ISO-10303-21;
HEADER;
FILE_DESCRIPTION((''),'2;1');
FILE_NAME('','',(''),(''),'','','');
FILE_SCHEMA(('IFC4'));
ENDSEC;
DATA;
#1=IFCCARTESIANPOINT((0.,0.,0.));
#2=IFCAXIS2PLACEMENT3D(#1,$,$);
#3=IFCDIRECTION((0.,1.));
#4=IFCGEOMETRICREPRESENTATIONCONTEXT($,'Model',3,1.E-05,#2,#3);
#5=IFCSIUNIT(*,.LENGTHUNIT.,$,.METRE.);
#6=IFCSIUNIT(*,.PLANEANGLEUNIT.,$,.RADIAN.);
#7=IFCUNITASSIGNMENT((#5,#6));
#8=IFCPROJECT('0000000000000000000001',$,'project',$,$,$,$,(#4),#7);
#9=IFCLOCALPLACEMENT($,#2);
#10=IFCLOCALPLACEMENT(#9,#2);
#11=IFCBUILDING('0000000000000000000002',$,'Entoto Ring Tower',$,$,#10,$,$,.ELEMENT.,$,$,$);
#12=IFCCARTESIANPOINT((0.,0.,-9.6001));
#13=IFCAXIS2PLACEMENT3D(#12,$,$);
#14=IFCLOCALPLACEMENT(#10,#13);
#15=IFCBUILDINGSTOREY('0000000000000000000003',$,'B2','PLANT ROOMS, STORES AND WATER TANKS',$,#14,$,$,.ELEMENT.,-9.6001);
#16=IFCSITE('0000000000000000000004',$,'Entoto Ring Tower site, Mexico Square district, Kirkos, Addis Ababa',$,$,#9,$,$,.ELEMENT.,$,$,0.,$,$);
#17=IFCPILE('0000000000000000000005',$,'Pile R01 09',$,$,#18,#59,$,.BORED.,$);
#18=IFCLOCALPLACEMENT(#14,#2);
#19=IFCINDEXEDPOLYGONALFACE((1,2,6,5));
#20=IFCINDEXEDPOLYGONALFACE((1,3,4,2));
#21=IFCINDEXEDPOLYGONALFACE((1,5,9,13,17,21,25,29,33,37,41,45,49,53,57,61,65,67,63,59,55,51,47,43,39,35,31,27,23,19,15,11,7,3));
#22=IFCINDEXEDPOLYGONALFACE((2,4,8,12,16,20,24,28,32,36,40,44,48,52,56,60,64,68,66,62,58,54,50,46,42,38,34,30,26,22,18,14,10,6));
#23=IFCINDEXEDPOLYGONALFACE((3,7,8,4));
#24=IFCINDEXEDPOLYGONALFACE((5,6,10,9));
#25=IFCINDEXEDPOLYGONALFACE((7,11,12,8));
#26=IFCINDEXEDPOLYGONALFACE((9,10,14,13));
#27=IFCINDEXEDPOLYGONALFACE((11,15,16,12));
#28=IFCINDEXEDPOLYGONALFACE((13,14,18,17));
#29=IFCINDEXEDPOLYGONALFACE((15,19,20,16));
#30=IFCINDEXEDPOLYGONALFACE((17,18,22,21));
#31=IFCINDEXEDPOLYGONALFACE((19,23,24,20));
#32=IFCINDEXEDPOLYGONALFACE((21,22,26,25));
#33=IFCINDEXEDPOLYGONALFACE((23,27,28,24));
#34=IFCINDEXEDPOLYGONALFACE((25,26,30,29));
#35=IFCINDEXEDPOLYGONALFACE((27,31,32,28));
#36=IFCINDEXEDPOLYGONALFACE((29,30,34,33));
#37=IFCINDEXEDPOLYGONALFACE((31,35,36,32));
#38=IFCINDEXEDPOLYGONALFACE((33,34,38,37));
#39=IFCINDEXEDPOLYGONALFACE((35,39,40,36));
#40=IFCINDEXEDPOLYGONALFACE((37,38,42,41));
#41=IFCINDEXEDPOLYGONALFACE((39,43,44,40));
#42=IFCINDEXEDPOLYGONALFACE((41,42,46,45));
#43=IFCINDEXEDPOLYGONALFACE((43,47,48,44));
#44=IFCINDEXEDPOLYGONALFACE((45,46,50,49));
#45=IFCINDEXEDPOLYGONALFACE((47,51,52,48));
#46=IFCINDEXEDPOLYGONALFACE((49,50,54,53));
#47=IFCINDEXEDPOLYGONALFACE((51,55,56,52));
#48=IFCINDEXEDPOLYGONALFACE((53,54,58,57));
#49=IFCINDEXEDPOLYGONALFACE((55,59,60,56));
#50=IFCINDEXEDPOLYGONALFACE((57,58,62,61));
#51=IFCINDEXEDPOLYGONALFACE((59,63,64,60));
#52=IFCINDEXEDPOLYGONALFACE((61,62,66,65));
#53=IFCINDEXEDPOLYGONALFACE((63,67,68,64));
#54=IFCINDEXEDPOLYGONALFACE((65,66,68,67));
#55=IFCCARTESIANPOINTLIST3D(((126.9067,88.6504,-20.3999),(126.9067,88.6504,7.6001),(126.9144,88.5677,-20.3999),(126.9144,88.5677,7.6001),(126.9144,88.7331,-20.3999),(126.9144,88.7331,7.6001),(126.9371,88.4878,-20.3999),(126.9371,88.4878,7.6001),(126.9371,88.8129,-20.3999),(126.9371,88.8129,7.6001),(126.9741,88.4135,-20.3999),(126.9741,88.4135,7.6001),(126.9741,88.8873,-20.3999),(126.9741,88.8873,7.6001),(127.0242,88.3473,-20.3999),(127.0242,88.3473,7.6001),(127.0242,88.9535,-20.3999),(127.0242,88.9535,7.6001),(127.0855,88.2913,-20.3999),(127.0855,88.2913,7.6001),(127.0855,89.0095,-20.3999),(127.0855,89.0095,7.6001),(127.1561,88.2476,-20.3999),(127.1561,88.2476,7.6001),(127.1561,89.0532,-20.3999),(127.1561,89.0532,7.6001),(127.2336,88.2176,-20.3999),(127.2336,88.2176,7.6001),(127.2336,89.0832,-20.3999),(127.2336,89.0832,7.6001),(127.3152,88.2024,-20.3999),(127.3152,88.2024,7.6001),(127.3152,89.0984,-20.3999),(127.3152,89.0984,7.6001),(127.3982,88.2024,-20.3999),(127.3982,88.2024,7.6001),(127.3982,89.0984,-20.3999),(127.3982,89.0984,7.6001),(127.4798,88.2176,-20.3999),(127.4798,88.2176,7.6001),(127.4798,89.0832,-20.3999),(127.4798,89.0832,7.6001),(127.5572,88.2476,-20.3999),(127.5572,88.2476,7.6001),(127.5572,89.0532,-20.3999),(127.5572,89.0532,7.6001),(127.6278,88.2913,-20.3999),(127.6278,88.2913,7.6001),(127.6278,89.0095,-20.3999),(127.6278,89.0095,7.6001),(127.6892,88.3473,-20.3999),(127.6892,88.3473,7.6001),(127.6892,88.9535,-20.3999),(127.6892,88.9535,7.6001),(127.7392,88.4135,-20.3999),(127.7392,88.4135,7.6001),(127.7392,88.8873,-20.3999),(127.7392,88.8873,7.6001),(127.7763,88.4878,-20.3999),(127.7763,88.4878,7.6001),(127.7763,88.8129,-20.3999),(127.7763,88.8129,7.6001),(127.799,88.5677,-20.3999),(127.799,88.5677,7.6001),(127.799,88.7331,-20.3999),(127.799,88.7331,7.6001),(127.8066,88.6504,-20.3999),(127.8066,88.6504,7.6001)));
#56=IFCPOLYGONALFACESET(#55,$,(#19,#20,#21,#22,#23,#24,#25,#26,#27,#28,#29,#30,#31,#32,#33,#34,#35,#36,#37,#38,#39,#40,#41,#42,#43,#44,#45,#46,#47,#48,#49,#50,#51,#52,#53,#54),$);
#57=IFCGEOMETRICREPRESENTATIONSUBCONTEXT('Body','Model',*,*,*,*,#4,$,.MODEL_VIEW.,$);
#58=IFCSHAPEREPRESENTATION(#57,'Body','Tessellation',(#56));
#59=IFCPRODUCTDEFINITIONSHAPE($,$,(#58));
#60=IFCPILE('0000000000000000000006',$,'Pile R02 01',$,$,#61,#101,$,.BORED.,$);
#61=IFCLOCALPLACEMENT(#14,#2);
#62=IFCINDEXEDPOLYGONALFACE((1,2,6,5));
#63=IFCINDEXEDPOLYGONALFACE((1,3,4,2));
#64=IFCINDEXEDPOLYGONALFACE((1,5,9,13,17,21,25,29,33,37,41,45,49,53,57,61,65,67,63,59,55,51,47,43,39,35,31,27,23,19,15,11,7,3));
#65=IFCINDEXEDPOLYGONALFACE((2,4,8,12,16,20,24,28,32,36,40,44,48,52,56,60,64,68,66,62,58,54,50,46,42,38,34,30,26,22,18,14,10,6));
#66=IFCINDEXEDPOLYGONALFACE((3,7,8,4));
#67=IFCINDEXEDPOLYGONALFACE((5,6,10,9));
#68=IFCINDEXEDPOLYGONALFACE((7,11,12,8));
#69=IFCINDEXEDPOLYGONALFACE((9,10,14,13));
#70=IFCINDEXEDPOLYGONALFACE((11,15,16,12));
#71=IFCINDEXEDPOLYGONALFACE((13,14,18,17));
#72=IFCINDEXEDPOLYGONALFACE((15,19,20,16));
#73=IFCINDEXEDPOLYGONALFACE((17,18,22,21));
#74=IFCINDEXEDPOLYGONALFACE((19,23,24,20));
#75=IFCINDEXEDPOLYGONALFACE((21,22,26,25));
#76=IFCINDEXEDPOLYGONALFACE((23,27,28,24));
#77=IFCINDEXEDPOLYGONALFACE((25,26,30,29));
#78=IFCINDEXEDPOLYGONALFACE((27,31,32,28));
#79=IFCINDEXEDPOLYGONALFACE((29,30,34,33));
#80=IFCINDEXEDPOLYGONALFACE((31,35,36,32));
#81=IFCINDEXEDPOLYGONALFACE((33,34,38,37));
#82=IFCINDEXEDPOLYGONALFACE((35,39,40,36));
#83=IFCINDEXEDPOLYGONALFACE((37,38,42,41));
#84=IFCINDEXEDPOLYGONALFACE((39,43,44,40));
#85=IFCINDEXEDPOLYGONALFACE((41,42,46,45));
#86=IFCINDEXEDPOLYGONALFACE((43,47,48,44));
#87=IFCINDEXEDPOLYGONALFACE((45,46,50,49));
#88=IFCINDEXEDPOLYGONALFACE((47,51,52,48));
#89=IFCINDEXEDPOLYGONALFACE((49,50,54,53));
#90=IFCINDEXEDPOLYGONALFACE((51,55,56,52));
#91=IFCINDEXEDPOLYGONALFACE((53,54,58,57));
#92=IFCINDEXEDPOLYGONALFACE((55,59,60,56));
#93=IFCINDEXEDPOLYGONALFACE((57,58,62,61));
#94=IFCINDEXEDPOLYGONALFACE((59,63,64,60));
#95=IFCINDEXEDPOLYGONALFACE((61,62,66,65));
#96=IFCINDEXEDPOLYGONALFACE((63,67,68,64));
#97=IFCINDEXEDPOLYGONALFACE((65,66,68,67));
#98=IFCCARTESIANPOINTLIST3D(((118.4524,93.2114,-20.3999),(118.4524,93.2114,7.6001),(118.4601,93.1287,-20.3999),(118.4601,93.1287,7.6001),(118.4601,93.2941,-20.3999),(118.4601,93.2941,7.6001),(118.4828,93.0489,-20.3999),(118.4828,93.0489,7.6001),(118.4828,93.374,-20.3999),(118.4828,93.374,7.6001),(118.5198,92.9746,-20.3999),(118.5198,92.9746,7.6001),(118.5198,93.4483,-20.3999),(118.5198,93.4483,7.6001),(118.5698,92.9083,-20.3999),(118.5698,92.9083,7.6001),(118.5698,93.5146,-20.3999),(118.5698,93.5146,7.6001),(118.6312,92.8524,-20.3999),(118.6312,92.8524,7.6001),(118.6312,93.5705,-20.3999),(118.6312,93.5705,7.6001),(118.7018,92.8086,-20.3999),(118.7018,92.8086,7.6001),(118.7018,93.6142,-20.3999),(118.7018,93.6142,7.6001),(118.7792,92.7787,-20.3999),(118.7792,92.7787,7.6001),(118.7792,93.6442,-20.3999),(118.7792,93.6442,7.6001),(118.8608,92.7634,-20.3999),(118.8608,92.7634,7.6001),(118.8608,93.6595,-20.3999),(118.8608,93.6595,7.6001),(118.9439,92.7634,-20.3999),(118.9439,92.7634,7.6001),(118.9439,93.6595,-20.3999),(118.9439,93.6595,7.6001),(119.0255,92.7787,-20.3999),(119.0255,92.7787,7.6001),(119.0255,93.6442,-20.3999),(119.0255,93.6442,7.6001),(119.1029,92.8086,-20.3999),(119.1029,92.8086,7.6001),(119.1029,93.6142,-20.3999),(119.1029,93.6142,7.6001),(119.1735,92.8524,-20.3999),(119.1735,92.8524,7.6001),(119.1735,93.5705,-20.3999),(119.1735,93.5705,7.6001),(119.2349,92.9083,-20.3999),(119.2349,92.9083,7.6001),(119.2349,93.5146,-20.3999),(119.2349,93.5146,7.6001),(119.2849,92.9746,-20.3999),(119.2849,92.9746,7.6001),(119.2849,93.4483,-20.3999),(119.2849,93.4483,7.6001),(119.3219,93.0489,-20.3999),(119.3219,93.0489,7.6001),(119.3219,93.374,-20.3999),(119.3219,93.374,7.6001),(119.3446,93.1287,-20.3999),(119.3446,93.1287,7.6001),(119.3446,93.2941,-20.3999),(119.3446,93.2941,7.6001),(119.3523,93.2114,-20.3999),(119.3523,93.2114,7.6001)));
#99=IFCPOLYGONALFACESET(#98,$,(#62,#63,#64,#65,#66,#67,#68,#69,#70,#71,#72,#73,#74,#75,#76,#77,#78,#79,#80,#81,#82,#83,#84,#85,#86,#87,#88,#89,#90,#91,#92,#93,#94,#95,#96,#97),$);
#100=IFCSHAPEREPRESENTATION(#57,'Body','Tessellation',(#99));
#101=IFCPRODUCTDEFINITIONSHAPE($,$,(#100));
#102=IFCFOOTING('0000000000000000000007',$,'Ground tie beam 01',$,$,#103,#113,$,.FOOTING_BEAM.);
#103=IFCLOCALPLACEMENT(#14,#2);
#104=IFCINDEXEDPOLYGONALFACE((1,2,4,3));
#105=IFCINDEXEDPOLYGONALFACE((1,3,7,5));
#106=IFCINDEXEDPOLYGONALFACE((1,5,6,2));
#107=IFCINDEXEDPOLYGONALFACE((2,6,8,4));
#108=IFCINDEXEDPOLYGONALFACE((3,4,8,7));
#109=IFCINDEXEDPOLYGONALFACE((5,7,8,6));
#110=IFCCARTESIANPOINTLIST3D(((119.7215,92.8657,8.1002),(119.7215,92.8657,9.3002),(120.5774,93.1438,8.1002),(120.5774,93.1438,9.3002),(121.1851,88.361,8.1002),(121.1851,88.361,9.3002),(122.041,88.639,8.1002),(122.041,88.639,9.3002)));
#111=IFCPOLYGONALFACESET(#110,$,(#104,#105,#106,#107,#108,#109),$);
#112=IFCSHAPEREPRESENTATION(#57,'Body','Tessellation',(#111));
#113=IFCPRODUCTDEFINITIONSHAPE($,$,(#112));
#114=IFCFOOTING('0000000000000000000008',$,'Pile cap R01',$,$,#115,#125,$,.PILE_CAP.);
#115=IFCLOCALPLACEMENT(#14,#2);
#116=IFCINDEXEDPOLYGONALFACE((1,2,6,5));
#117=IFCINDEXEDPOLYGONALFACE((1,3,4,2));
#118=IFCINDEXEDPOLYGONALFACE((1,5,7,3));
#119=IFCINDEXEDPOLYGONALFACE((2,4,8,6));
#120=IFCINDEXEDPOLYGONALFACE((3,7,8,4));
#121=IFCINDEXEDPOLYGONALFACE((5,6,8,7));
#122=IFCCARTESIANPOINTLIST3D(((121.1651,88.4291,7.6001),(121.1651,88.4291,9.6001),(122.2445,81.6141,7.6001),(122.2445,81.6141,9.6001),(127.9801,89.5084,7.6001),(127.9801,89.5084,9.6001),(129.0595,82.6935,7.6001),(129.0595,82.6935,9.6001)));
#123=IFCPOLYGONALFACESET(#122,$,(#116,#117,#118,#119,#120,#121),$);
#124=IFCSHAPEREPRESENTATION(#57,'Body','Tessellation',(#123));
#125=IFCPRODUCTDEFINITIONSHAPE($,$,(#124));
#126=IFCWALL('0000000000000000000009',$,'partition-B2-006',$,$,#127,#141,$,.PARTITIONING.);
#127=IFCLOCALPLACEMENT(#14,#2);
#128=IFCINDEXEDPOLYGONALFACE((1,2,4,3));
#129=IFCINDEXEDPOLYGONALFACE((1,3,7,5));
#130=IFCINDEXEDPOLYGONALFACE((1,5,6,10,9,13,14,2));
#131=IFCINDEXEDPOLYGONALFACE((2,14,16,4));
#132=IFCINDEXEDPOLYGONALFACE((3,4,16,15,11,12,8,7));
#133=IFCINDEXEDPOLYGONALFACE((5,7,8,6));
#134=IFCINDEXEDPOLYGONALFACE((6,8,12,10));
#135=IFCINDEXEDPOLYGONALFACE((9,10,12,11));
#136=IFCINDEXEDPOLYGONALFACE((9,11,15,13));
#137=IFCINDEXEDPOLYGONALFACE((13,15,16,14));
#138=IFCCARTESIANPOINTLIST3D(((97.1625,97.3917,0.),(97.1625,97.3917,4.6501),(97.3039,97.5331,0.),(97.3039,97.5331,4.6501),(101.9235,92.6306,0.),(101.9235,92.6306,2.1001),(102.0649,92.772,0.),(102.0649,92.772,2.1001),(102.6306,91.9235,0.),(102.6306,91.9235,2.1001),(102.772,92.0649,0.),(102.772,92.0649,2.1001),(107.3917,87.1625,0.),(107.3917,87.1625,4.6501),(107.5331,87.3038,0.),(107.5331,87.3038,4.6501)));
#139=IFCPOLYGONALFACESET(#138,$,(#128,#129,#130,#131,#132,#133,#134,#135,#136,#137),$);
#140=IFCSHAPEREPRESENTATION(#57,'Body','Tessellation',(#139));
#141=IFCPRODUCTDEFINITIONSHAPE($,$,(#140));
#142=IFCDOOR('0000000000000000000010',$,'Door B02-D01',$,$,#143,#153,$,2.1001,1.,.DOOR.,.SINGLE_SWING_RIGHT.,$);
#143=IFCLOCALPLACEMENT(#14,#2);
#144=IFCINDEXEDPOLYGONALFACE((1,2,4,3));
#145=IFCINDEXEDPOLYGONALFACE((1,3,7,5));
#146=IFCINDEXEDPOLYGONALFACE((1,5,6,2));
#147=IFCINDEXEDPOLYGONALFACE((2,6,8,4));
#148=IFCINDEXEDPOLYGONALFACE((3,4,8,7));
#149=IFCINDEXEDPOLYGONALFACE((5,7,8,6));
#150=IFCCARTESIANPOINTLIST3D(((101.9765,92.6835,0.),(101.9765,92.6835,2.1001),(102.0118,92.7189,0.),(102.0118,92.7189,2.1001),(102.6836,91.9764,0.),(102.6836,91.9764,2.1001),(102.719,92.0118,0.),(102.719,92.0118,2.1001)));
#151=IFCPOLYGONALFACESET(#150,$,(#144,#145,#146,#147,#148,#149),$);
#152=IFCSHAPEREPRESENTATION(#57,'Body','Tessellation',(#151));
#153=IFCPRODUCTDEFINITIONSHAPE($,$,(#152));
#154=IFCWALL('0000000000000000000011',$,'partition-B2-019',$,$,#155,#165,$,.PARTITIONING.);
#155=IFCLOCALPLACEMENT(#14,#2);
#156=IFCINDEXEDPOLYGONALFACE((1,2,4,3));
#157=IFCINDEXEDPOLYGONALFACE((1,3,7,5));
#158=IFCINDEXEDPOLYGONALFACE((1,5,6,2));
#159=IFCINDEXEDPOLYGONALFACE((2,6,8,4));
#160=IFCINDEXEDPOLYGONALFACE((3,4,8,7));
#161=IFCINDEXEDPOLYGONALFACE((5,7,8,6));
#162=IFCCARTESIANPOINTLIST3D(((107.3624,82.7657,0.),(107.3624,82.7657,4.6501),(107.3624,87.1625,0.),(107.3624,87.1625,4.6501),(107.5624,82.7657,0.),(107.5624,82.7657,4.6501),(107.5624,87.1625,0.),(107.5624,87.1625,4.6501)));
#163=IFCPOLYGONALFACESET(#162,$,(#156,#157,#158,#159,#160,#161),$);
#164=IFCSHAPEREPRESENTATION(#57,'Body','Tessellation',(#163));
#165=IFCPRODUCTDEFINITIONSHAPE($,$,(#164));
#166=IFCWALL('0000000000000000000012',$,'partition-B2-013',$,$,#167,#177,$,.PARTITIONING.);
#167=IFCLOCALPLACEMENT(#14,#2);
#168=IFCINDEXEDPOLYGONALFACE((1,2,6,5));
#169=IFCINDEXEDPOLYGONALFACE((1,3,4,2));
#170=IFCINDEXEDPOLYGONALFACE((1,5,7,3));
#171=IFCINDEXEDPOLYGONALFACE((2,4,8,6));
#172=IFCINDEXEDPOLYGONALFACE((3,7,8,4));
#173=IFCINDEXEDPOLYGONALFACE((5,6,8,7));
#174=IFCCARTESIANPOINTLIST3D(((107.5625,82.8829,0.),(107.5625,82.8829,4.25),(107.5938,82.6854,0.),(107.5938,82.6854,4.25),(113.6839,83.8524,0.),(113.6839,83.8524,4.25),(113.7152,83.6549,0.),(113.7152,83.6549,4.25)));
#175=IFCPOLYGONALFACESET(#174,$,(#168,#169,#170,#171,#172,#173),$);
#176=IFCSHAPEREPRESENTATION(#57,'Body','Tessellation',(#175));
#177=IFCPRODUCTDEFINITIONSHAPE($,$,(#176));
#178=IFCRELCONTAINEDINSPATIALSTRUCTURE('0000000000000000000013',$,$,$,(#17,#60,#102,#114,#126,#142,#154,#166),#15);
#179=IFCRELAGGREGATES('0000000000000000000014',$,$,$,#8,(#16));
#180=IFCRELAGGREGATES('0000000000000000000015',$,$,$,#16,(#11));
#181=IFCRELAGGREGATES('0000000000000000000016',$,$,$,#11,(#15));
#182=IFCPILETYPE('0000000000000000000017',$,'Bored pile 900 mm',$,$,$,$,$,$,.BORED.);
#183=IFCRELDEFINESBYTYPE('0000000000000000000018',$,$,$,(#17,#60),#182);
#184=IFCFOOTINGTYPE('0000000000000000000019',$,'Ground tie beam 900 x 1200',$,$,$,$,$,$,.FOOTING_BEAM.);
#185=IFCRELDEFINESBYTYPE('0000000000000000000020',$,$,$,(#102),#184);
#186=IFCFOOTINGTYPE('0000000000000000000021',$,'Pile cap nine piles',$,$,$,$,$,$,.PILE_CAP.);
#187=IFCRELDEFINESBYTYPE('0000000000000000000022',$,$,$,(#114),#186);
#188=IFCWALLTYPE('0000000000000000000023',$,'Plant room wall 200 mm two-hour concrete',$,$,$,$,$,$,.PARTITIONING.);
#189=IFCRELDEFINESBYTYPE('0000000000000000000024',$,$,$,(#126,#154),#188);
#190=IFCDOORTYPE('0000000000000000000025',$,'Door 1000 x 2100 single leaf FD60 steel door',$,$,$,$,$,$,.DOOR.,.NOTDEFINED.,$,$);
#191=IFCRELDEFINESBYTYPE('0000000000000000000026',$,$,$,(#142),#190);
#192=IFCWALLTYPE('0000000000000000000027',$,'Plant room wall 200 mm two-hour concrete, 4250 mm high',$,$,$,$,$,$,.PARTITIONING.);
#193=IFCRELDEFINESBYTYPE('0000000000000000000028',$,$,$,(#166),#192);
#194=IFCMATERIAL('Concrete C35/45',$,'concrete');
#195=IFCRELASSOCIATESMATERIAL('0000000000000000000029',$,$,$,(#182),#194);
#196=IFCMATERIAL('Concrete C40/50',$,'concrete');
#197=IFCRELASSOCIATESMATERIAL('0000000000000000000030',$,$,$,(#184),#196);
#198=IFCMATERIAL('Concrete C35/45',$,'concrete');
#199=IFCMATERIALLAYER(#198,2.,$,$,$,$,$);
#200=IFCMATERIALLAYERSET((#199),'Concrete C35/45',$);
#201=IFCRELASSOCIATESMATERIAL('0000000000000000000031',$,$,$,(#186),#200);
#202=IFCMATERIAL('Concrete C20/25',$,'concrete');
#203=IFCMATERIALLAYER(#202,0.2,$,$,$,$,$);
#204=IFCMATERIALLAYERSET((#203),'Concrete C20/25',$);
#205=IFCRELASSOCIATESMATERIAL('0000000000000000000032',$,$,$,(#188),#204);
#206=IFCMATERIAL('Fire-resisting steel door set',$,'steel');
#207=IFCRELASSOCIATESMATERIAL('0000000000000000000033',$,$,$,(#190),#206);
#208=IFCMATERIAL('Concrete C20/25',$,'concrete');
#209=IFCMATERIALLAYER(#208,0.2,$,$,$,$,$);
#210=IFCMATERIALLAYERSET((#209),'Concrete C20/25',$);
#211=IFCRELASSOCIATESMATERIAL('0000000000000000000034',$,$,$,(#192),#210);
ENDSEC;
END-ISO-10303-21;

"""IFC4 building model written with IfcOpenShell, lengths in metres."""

from ifc_helpers import new_model, si_unit, direction, frame, frame_2d, origin, origin_2d, place, context, subcontext, project, spatial, rectangle, circle, extrude, material, layer, layer_set, material_profile, profile_set, type_object, element, fill, save


model = new_model("IFC4")

# Units and contexts
model_context = context("Model", 3, precision=1e-05, world=origin(), true_north=direction((0.0, 1.0)))
body_context = subcontext(model_context, "Body", "Model", "MODEL_VIEW")
ifc_project = project(units=[si_unit("LENGTHUNIT", "METRE"), si_unit("PLANEANGLEUNIT", "RADIAN")], contexts=[model_context])

# Site, building, storey
site_placement = place(None, origin())
site = spatial("IfcSite", under=ifc_project, at=site_placement, Name="Entoto Ring Tower site, Mexico Square district, Kirkos, Addis Ababa", CompositionType="ELEMENT", RefElevation=0.0)
building_placement = place(site_placement, origin())
building = spatial("IfcBuilding", under=site, at=building_placement, Name="Entoto Ring Tower", CompositionType="ELEMENT")
storey_placement = place(building_placement, frame((0.0, 0.0, -9.6001)))
storey = spatial("IfcBuildingStorey", under=building, at=storey_placement, Name="B2", Description="PLANT ROOMS, STORES AND WATER TANKS", CompositionType="ELEMENT", Elevation=-9.6001)

# Piles
ifc_material_1 = material(Name="Concrete C35/45", Category="concrete")
ifc_material_profile_1 = material_profile(ifc_material_1, circle(Radius=0.45, at=origin_2d()), Name="Bored pile 900 mm")
ifc_profile_set_1 = profile_set([ifc_material_profile_1], Name="Concrete C35/45")
pile_type_1 = type_object("IfcPileType", Name="Bored pile 900 mm", PredefinedType="BORED", material=ifc_profile_set_1)
for number, where, z_axis, x_axis, name in (
    (1, (127.3567, 88.6504, 7.6001), (0.0, 0.0, -1.0), (1.0, 0.0, 0.0), "Pile R01 09"),
    (2, (118.9023, 93.2114, 7.6001), (0.0, 0.0, -1.0), (1.0, 0.0, 0.0), "Pile R02 01"),
):
    element("IfcPile", number, at=place(storey_placement, frame(where, z_axis=z_axis, x_axis=x_axis)), inside=storey, type_object=pile_type_1, Name=name, PredefinedType="BORED", context=body_context, shape_type="SweptSolid", body=[
        extrude(circle(Radius=0.45, at=origin_2d()), origin(), (0.0, 0.0, 1.0), 28.0),
    ])

# Footings
ifc_material_2 = material(Name="Concrete C40/50", Category="concrete")
ifc_material_profile_2 = material_profile(ifc_material_2, rectangle(XDim=0.8999, YDim=1.2, at=origin_2d()), Name="Ground tie beam 900 x 1200")
ifc_profile_set_2 = profile_set([ifc_material_profile_2], Name="Concrete C40/50")
footing_type_1 = type_object("IfcFootingType", Name="Ground tie beam 900 x 1200", PredefinedType="FOOTING_BEAM", material=ifc_profile_set_2)
footing_1_placement = place(storey_placement, frame((121.613, 88.5, 8.7002), z_axis=(-0.308997, 0.951063, 0.0), x_axis=(-0.951063, -0.308997, 0.0)))
element("IfcFooting", 3, at=footing_1_placement, inside=storey, type_object=footing_type_1, Name="Ground tie beam 01", PredefinedType="FOOTING_BEAM", context=body_context, shape_type="SweptSolid", body=[
    extrude(rectangle(XDim=0.8999, YDim=1.2, at=origin_2d()), origin(), (0.0, 0.0, 1.0), 4.7366),
])
ifc_material_3 = material(Name="Concrete C35/45", Category="concrete")
ifc_layer_1 = layer(ifc_material_3, 2.0)
ifc_layer_set_1 = layer_set([ifc_layer_1], Name="Concrete C35/45")
footing_type_2 = type_object("IfcFootingType", Name="Pile cap nine piles", PredefinedType="PILE_CAP", material=ifc_layer_set_1)
footing_2_placement = place(storey_placement, frame((125.1123, 85.5613, 7.6001), z_axis=(0.0, 0.0, 1.0), x_axis=(0.987688, 0.156434, 0.0)))
element("IfcFooting", 4, at=footing_2_placement, inside=storey, type_object=footing_type_2, Name="Pile cap R01", PredefinedType="PILE_CAP", context=body_context, shape_type="SweptSolid", body=[
    extrude(rectangle(XDim=6.8999, YDim=6.8999, at=origin_2d()), origin(), (0.0, 0.0, 1.0), 2.0),
])

# Wall, opening, door
ifc_material_4 = material(Name="Concrete C20/25", Category="concrete")
ifc_layer_2 = layer(ifc_material_4, 0.2)
ifc_layer_set_2 = layer_set([ifc_layer_2], Name="Concrete C20/25")
wall_type_1 = type_object("IfcWallType", Name="Plant room wall 200 mm two-hour concrete", PredefinedType="PARTITIONING", material=ifc_layer_set_2)
wall_1_placement = place(storey_placement, frame((107.4624, 87.2332, 0.0), z_axis=(0.0, 0.0, 1.0), x_axis=(-0.707107, 0.707107, 0.0)))
wall_1 = element("IfcWall", 5, at=wall_1_placement, inside=storey, type_object=wall_type_1, Name="partition-B2-006", PredefinedType="PARTITIONING", context=body_context, shape_type="SweptSolid", body=[
    extrude(rectangle(XDim=14.4663, YDim=0.2, at=frame_2d((7.2332, 0.0))), origin(), (0.0, 0.0, 1.0), 4.6501),
])
opening_placement = place(wall_1_placement, frame((6.7332, 0.0, 0.0)))
opening = element("IfcOpeningElement", 6, at=opening_placement, cuts=wall_1, PredefinedType="OPENING", context=body_context, shape_type="SweptSolid", body=[
    extrude(rectangle(XDim=1.0, YDim=2.1001, at=frame_2d((0.5, 1.05))), frame((0.0, 0.1099, 0.0), z_axis=(0.0, -1.0, 0.0), x_axis=(1.0, 0.0, 0.0)), (0.0, 0.0, 1.0), 0.22),
])
ifc_material_5 = material(Name="Fire-resisting steel door set", Category="steel")
door_type = type_object("IfcDoorType", Name="Door 1000 x 2100 single leaf FD60 steel door", OperationType="NOTDEFINED", PredefinedType="DOOR", material=ifc_material_5)
door_placement = place(opening_placement, frame((1.0, 0.0, 0.0), z_axis=(0.0, 0.0, 1.0), x_axis=(-1.0, 0.0, 0.0)))
door = element("IfcDoor", 7, at=door_placement, inside=storey, type_object=door_type, Name="Door B02-D01", OperationType="SINGLE_SWING_RIGHT", OverallHeight=2.1001, OverallWidth=1.0, PredefinedType="DOOR", context=body_context, shape_type="SweptSolid", body=[
    extrude(rectangle(XDim=1.0, YDim=2.1001, at=frame_2d((0.5, 1.05))), frame((0.0, 0.0249, 0.0), z_axis=(0.0, -1.0, 0.0), x_axis=(1.0, 0.0, 0.0)), (0.0, 0.0, 1.0), 0.05),
])
fill(opening, door)

# Walls
wall_2_placement = place(storey_placement, frame((107.4624, 82.7659, 0.0), z_axis=(0.0, 0.0, 1.0), x_axis=(0.0, 1.0, 0.0)))
element("IfcWall", 8, at=wall_2_placement, inside=storey, type_object=wall_type_1, Name="partition-B2-019", PredefinedType="PARTITIONING", context=body_context, shape_type="SweptSolid", body=[
    extrude(rectangle(XDim=4.3967, YDim=0.2, at=frame_2d((2.1982, 0.0))), origin(), (0.0, 0.0, 1.0), 4.6501),
])
ifc_material_6 = material(Name="Concrete C20/25", Category="concrete")
ifc_layer_3 = layer(ifc_material_6, 0.2)
ifc_layer_set_3 = layer_set([ifc_layer_3], Name="Concrete C20/25")
wall_type_2 = type_object("IfcWallType", Name="Plant room wall 200 mm two-hour concrete, 4250 mm high", PredefinedType="PARTITIONING", material=ifc_layer_set_3)
wall_3_placement = place(storey_placement, frame((107.5781, 82.7842, 0.0), z_axis=(0.0, 0.0, 1.0), x_axis=(0.98769, 0.156422, 0.0)))
element("IfcWall", 9, at=wall_3_placement, inside=storey, type_object=wall_type_2, Name="partition-B2-013", PredefinedType="PARTITIONING", context=body_context, shape_type="SweptSolid", body=[
    extrude(rectangle(XDim=6.1978, YDim=0.2, at=frame_2d((3.0989, 0.0))), origin(), (0.0, 0.0, 1.0), 4.25),
])

save(model, "model.ifc")
